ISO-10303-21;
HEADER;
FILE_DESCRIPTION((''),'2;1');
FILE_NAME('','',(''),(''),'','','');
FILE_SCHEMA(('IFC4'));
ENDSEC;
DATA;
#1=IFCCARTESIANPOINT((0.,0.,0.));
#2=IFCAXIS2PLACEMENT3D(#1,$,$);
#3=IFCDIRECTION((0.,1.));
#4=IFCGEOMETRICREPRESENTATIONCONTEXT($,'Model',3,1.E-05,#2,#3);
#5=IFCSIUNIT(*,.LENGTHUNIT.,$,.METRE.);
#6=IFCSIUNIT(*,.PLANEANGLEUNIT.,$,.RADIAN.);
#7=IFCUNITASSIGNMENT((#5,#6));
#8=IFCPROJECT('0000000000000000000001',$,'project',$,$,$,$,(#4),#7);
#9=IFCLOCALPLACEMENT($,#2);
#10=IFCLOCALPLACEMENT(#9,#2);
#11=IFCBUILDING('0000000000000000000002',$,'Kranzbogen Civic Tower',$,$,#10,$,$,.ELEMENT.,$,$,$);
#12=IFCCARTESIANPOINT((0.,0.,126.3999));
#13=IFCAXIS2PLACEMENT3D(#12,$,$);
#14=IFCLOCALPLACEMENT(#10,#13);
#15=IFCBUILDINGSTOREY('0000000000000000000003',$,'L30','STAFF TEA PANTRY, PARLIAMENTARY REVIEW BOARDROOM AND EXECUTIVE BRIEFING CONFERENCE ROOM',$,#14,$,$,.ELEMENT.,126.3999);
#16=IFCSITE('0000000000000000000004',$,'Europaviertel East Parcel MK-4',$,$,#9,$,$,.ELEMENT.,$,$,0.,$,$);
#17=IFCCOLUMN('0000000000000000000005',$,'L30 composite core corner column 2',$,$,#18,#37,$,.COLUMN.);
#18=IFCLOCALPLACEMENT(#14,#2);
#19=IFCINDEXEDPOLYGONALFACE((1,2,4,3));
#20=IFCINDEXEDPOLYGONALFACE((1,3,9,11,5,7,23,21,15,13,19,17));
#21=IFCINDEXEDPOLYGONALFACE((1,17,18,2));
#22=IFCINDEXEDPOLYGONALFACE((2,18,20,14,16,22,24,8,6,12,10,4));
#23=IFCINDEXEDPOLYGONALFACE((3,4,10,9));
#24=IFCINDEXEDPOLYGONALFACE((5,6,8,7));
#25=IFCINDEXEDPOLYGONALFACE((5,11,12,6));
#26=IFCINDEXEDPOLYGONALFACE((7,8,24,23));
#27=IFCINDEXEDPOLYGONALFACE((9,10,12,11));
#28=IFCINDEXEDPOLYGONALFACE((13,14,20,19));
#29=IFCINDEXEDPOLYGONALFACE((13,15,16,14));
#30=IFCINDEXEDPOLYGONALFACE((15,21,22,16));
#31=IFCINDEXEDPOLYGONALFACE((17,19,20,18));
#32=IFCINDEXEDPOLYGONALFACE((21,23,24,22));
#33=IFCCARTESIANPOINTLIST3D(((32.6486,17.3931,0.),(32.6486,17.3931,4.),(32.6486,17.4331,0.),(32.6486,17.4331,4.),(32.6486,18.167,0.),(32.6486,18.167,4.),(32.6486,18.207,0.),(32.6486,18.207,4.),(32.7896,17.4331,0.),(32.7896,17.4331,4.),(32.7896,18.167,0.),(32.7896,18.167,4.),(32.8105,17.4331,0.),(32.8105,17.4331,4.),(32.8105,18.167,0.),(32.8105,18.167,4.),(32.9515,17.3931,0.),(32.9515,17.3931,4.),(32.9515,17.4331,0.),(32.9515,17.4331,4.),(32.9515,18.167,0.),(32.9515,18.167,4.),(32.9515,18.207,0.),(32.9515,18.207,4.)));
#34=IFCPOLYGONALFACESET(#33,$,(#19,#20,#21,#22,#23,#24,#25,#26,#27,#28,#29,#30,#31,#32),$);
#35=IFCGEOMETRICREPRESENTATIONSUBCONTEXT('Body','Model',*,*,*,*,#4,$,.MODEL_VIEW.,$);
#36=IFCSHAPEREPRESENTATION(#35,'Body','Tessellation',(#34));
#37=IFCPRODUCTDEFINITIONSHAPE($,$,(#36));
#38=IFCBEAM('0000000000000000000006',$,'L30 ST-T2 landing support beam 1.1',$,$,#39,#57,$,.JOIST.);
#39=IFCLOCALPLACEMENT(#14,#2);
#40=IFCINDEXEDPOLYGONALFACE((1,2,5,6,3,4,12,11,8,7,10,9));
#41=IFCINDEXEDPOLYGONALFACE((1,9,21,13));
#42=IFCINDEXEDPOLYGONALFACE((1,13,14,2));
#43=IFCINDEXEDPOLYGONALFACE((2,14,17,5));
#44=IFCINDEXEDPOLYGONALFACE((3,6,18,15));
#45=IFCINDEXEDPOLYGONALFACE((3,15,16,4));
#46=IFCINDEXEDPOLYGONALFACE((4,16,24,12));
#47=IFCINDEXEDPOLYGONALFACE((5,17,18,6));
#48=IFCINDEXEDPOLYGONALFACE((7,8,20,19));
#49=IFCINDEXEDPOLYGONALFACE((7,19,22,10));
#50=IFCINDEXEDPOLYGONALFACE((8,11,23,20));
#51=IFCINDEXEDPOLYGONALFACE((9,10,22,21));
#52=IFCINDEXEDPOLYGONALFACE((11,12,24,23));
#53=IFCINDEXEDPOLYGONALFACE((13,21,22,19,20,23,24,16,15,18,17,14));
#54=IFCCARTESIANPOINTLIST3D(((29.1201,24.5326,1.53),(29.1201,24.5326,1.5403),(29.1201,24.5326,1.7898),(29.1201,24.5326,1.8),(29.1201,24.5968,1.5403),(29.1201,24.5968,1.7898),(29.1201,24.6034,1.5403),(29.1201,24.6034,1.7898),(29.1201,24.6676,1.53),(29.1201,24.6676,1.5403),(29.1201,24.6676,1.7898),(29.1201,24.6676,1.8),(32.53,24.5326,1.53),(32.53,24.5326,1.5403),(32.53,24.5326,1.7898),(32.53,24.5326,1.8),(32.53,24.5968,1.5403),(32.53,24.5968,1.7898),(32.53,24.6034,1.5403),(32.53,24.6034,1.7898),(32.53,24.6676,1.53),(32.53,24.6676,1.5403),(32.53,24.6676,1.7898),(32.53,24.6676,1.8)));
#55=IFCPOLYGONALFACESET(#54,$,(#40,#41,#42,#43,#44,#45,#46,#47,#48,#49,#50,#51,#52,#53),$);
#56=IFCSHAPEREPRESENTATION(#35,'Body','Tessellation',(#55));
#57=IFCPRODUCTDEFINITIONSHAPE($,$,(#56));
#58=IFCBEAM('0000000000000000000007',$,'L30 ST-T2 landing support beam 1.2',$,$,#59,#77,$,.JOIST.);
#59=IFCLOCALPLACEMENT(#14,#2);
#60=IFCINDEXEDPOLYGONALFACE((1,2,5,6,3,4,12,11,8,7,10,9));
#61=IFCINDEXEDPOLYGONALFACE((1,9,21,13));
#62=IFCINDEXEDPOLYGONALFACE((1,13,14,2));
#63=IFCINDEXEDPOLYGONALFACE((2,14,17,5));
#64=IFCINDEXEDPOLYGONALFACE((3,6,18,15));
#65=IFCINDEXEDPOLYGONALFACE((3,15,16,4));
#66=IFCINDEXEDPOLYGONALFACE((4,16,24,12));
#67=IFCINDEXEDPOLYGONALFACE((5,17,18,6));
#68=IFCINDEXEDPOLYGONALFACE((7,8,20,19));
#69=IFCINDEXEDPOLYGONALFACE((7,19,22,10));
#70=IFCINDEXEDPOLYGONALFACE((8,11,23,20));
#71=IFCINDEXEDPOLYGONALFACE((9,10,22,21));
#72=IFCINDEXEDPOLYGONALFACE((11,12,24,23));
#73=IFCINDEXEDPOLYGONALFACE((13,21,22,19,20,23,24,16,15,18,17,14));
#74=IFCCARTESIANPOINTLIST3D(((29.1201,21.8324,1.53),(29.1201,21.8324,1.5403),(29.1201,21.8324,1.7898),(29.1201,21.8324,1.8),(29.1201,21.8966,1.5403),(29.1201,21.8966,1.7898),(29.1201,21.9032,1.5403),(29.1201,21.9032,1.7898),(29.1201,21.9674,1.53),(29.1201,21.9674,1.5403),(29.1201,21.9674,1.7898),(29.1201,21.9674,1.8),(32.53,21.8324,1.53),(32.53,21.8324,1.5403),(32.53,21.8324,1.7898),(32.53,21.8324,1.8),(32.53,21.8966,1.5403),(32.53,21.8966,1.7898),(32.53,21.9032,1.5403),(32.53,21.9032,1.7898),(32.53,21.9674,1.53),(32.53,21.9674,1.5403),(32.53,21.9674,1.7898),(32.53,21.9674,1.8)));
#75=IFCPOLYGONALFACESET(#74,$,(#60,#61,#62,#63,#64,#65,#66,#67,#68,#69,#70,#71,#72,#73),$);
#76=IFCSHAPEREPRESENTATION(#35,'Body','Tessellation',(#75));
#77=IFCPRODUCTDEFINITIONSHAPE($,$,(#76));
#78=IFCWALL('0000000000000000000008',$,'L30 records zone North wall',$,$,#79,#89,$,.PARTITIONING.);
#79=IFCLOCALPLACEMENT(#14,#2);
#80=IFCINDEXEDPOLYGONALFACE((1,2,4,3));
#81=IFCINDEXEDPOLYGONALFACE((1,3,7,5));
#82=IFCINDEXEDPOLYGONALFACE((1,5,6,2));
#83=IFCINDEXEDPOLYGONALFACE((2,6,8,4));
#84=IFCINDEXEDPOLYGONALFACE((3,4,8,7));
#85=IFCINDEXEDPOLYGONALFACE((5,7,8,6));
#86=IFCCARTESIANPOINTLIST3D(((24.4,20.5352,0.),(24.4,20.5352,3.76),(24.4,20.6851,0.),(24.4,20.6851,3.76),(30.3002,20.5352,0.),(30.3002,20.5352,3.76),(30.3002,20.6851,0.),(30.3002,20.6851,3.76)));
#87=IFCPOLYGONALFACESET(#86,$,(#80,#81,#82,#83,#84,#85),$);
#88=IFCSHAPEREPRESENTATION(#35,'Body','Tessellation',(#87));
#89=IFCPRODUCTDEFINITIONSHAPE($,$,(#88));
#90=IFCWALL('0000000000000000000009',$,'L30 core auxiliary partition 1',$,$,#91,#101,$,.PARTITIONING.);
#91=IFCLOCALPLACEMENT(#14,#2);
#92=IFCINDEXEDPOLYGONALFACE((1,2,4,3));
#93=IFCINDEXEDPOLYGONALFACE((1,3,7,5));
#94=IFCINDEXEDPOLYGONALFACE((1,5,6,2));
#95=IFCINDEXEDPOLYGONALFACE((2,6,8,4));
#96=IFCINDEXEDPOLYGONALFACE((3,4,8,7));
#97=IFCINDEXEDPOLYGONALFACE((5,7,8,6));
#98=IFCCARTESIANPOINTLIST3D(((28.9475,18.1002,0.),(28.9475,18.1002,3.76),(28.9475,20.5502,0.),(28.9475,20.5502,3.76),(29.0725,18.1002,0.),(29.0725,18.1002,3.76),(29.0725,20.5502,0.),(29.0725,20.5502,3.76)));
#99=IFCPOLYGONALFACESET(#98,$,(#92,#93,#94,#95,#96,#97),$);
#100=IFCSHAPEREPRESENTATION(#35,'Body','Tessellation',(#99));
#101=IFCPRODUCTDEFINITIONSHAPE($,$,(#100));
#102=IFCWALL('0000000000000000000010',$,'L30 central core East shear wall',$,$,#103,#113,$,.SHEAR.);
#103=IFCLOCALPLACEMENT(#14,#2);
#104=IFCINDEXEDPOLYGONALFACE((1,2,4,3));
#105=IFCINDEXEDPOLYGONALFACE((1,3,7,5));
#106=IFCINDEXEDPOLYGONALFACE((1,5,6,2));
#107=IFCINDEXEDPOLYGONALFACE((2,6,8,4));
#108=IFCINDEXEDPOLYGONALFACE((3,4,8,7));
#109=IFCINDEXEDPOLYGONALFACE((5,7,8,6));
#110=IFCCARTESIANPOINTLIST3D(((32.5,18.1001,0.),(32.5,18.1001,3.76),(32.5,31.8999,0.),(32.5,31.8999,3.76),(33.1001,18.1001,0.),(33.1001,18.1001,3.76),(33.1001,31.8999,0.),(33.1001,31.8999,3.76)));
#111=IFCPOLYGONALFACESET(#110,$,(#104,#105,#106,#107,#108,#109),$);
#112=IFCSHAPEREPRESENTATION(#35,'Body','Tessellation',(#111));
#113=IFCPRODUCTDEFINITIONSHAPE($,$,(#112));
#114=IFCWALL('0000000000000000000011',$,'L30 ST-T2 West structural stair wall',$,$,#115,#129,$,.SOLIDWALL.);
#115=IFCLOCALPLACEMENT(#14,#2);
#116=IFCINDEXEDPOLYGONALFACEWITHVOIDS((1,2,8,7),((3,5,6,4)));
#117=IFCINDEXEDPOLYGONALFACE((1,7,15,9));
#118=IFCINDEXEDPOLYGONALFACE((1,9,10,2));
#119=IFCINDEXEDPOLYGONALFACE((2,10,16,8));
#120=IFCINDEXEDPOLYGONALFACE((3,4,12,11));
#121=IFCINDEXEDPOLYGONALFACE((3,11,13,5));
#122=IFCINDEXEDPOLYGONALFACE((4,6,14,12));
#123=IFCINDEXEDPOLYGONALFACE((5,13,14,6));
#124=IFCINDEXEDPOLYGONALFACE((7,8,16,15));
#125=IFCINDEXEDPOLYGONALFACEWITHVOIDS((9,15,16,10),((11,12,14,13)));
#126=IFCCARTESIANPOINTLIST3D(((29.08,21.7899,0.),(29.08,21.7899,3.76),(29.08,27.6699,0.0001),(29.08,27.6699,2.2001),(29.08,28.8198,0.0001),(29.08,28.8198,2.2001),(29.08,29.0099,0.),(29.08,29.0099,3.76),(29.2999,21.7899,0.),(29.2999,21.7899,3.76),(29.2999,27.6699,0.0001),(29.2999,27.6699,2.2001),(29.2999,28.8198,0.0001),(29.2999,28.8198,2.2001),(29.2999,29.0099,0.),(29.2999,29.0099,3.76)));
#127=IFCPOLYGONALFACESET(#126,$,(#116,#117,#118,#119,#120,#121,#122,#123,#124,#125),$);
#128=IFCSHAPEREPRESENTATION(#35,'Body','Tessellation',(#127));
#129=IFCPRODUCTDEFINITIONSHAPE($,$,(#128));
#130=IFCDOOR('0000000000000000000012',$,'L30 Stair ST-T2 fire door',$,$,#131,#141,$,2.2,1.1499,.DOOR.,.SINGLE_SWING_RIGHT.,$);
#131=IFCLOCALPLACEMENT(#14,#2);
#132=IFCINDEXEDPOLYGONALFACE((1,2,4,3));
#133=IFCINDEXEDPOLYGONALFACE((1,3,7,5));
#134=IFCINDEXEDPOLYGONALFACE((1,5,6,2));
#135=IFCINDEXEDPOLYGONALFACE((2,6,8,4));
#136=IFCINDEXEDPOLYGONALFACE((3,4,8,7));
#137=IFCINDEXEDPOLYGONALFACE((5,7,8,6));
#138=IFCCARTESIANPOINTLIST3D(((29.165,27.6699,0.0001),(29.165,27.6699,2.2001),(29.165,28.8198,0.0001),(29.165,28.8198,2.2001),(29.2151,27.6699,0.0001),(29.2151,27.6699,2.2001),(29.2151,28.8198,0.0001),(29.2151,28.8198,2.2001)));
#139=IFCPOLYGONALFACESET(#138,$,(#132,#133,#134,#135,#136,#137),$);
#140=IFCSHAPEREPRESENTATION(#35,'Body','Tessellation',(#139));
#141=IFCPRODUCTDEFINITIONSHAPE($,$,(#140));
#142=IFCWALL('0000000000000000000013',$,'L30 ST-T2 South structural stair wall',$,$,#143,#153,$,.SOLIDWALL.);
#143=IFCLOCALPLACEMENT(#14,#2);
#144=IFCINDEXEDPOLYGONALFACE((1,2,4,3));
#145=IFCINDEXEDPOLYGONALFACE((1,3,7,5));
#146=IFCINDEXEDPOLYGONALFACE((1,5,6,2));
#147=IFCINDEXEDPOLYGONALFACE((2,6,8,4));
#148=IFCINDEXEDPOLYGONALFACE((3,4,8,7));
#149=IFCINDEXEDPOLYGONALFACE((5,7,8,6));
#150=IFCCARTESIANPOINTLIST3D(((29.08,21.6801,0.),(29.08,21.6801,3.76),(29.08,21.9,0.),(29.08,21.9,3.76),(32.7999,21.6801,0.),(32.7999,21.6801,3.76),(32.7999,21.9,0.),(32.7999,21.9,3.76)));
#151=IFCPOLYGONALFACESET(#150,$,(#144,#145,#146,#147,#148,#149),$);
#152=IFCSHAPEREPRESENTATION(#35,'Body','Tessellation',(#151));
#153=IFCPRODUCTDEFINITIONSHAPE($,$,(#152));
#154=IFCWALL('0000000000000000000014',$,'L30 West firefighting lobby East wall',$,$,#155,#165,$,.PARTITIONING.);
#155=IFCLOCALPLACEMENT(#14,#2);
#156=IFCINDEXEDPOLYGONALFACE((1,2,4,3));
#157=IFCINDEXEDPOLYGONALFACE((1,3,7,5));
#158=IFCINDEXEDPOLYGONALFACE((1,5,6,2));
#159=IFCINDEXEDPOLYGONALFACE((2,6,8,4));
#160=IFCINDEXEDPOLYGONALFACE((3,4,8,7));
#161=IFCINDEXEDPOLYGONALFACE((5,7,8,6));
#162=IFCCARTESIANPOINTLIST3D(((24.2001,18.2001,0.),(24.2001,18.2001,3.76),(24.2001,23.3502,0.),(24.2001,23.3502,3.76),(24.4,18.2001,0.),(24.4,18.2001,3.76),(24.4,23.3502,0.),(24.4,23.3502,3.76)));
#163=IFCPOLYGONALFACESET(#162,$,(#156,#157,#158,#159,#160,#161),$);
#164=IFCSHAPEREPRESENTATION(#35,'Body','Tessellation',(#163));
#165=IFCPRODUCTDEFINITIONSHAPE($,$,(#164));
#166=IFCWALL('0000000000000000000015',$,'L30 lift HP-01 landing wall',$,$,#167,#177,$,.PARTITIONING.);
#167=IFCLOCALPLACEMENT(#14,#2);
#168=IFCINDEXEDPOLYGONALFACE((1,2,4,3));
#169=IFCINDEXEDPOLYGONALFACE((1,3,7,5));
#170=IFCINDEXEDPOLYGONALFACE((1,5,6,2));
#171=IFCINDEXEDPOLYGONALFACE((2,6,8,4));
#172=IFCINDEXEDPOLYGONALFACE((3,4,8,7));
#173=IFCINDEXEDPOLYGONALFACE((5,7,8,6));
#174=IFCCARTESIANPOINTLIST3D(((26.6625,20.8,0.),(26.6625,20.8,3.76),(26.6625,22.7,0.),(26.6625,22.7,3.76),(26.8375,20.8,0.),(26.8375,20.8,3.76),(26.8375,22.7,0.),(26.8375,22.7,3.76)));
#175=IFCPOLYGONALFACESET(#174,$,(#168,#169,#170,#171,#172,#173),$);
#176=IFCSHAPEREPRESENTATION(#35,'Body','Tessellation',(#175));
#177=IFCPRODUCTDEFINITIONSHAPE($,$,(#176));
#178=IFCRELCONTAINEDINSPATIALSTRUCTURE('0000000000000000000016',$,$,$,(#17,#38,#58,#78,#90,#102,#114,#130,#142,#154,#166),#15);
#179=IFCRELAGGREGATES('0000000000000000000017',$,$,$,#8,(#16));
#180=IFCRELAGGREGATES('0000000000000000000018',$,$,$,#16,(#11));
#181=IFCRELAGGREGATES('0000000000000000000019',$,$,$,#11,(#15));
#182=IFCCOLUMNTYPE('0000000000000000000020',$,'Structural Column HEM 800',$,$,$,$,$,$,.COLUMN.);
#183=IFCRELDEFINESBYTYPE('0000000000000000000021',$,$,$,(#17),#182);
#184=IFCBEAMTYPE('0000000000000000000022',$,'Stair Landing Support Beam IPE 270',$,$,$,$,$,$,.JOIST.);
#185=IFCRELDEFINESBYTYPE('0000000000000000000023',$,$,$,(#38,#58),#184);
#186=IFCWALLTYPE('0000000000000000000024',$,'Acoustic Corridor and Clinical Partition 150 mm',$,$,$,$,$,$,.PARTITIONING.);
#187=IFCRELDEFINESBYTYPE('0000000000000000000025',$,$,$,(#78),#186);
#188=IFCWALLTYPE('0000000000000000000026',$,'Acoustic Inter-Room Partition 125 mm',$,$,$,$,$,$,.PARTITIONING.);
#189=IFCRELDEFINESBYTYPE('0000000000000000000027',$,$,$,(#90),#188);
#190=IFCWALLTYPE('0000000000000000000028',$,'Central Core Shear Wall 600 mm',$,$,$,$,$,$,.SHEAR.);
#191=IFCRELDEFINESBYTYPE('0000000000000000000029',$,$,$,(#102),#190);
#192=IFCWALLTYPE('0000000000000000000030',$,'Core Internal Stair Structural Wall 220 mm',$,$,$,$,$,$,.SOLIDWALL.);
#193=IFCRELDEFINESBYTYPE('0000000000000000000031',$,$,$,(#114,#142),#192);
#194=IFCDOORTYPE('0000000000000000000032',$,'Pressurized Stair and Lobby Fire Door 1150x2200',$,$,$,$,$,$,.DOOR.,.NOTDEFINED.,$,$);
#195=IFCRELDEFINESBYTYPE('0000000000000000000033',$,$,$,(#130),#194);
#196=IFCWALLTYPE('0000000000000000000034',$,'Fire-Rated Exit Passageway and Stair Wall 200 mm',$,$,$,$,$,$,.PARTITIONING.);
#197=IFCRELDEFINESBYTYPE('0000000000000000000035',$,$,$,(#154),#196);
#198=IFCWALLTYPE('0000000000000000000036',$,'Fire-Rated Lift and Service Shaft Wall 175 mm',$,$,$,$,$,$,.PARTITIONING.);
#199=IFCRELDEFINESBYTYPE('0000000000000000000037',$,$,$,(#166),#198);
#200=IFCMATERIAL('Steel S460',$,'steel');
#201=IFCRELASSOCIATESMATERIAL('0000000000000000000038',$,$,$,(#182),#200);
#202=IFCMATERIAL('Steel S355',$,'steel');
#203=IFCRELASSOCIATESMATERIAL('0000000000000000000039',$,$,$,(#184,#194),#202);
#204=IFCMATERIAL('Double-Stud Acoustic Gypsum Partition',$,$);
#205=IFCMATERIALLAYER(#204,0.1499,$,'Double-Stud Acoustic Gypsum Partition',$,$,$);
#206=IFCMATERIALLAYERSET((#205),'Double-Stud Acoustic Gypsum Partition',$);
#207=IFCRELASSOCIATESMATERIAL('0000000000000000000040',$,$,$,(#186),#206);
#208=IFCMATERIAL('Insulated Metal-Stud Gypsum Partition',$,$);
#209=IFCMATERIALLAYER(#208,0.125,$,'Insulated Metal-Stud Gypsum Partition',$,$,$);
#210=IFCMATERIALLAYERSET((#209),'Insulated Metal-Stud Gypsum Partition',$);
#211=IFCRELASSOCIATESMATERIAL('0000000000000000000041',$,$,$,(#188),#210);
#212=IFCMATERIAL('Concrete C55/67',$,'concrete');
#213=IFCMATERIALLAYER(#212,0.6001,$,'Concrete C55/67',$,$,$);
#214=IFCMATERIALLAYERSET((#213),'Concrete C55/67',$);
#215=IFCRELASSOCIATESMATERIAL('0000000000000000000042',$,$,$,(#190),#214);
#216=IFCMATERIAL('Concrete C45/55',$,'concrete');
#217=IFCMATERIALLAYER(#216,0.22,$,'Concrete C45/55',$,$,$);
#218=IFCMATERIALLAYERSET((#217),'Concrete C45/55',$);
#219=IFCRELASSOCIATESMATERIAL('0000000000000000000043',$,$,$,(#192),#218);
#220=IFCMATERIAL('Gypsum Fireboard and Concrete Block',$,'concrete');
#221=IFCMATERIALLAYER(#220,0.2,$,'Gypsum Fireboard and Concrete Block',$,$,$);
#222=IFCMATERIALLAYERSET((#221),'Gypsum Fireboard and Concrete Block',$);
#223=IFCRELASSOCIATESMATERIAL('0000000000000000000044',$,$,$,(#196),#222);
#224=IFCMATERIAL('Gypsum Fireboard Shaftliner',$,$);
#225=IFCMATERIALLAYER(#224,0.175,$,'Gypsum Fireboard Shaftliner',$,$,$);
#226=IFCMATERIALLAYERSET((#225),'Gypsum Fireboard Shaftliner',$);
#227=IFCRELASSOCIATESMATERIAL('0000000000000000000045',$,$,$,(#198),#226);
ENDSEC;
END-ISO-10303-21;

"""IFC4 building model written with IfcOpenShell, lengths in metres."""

from ifc_helpers import new_model, si_unit, direction, frame, frame_2d, origin, origin_2d, place, context, subcontext, project, spatial, rectangle, i_section, extrude, material, layer, layer_set, material_profile, profile_set, type_object, element, fill, save


model = new_model("IFC4")

# Units and contexts
model_context = context("Model", 3, precision=1e-05, world=origin(), true_north=direction((0.0, 1.0)))
body_context = subcontext(model_context, "Body", "Model", "MODEL_VIEW")
ifc_project = project(units=[si_unit("LENGTHUNIT", "METRE"), si_unit("PLANEANGLEUNIT", "RADIAN")], contexts=[model_context])

# Site, building, storey
site_placement = place(None, origin())
site = spatial("IfcSite", under=ifc_project, at=site_placement, Name="Europaviertel East Parcel MK-4", CompositionType="ELEMENT", RefElevation=0.0)
building_placement = place(site_placement, origin())
building = spatial("IfcBuilding", under=site, at=building_placement, Name="Kranzbogen Civic Tower", CompositionType="ELEMENT")
storey_placement = place(building_placement, frame((0.0, 0.0, 126.3999)))
storey = spatial("IfcBuildingStorey", under=building, at=storey_placement, Name="L30", Description="STAFF TEA PANTRY, PARLIAMENTARY REVIEW BOARDROOM AND EXECUTIVE BRIEFING CONFERENCE ROOM", CompositionType="ELEMENT", Elevation=126.3999)

# Column
ifc_material_1 = material(Name="Steel S460", Category="steel")
ifc_material_profile_1 = material_profile(ifc_material_1, i_section(OverallWidth=0.303, OverallDepth=0.814, WebThickness=0.021, FlangeThickness=0.04, at=origin_2d()), Name="HEM 800")
ifc_profile_set_1 = profile_set([ifc_material_profile_1], Name="Steel S460")
column_type = type_object("IfcColumnType", Name="Structural Column HEM 800", PredefinedType="COLUMN", material=ifc_profile_set_1)
column_placement = place(storey_placement, frame((32.8, 17.8, 0.0), z_axis=(0.0, 0.0, 1.0), x_axis=(1.0, 0.0, 0.0)))
element("IfcColumn", 1, at=column_placement, inside=storey, type_object=column_type, Name="L30 composite core corner column 2", PredefinedType="COLUMN", context=body_context, shape_type="SweptSolid", body=[
    extrude(i_section(OverallWidth=0.303, OverallDepth=0.814, WebThickness=0.021, FlangeThickness=0.04, at=origin_2d()), origin(), (0.0, 0.0, 1.0), 4.0),
])

# Beams
ifc_material_2 = material(Name="Steel S355", Category="steel")
ifc_material_profile_2 = material_profile(ifc_material_2, i_section(OverallWidth=0.135, OverallDepth=0.27, WebThickness=0.0066, FlangeThickness=0.0103, at=origin_2d()), Name="IPE 270")
ifc_profile_set_2 = profile_set([ifc_material_profile_2], Name="Steel S355")
beam_type = type_object("IfcBeamType", Name="Stair Landing Support Beam IPE 270", PredefinedType="JOIST", material=ifc_profile_set_2)
for number, where, z_axis, x_axis, name in (
    (2, (29.1201, 24.6001, 1.665), (1.0, 0.0, 0.0), (0.0, 1.0, 0.0), "L30 ST-T2 landing support beam 1.1"),
    (3, (29.1201, 21.8999, 1.665), (1.0, 0.0, 0.0), (0.0, 1.0, 0.0), "L30 ST-T2 landing support beam 1.2"),
):
    element("IfcBeam", number, at=place(storey_placement, frame(where, z_axis=z_axis, x_axis=x_axis)), inside=storey, type_object=beam_type, Name=name, PredefinedType="JOIST", context=body_context, shape_type="SweptSolid", body=[
        extrude(i_section(OverallWidth=0.135, OverallDepth=0.27, WebThickness=0.0066, FlangeThickness=0.0103, at=origin_2d()), origin(), (0.0, 0.0, 1.0), 3.4099),
    ])

# Walls
ifc_material_3 = material(Name="Double-Stud Acoustic Gypsum Partition")
ifc_layer_1 = layer(ifc_material_3, 0.1499, Name="Double-Stud Acoustic Gypsum Partition")
ifc_layer_set_1 = layer_set([ifc_layer_1], Name="Double-Stud Acoustic Gypsum Partition")
wall_type_1 = type_object("IfcWallType", Name="Acoustic Corridor and Clinical Partition 150 mm", PredefinedType="PARTITIONING", material=ifc_layer_set_1)
wall_1_placement = place(storey_placement, frame((24.3999, 20.6101, 0.0), z_axis=(0.0, 0.0, 1.0), x_axis=(1.0, 0.0, 0.0)))
element("IfcWall", 4, at=wall_1_placement, inside=storey, type_object=wall_type_1, Name="L30 records zone North wall", PredefinedType="PARTITIONING", context=body_context, shape_type="SweptSolid", body=[
    extrude(rectangle(XDim=5.9001, YDim=0.1499, at=frame_2d((2.9502, 0.0))), origin(), (0.0, 0.0, 1.0), 3.76),
])
ifc_material_4 = material(Name="Insulated Metal-Stud Gypsum Partition")
ifc_layer_2 = layer(ifc_material_4, 0.125, Name="Insulated Metal-Stud Gypsum Partition")
ifc_layer_set_2 = layer_set([ifc_layer_2], Name="Insulated Metal-Stud Gypsum Partition")
wall_type_2 = type_object("IfcWallType", Name="Acoustic Inter-Room Partition 125 mm", PredefinedType="PARTITIONING", material=ifc_layer_set_2)
wall_2_placement = place(storey_placement, frame((29.01, 18.1001, 0.0), z_axis=(0.0, 0.0, 1.0), x_axis=(0.0, 1.0, 0.0)))
element("IfcWall", 5, at=wall_2_placement, inside=storey, type_object=wall_type_2, Name="L30 core auxiliary partition 1", PredefinedType="PARTITIONING", context=body_context, shape_type="SweptSolid", body=[
    extrude(rectangle(XDim=2.45, YDim=0.125, at=frame_2d((1.2251, 0.0))), origin(), (0.0, 0.0, 1.0), 3.76),
])
ifc_material_5 = material(Name="Concrete C55/67", Category="concrete")
ifc_layer_3 = layer(ifc_material_5, 0.6001, Name="Concrete C55/67")
ifc_layer_set_3 = layer_set([ifc_layer_3], Name="Concrete C55/67")
wall_type_3 = type_object("IfcWallType", Name="Central Core Shear Wall 600 mm", PredefinedType="SHEAR", material=ifc_layer_set_3)
wall_3_placement = place(storey_placement, frame((32.8, 18.1001, 0.0), z_axis=(0.0, 0.0, 1.0), x_axis=(0.0, 1.0, 0.0)))
element("IfcWall", 6, at=wall_3_placement, inside=storey, type_object=wall_type_3, Name="L30 central core East shear wall", PredefinedType="SHEAR", context=body_context, shape_type="SweptSolid", body=[
    extrude(rectangle(XDim=13.7998, YDim=0.6001, at=frame_2d((6.8999, 0.0))), origin(), (0.0, 0.0, 1.0), 3.76),
])

# Wall, opening, door
ifc_material_6 = material(Name="Concrete C45/55", Category="concrete")
ifc_layer_4 = layer(ifc_material_6, 0.22, Name="Concrete C45/55")
ifc_layer_set_4 = layer_set([ifc_layer_4], Name="Concrete C45/55")
wall_type_4 = type_object("IfcWallType", Name="Core Internal Stair Structural Wall 220 mm", PredefinedType="SOLIDWALL", material=ifc_layer_set_4)
wall_4_placement = place(storey_placement, frame((29.1899, 21.79, 0.0), z_axis=(0.0, 0.0, 1.0), x_axis=(0.0, 1.0, 0.0)))
wall_4 = element("IfcWall", 7, at=wall_4_placement, inside=storey, type_object=wall_type_4, Name="L30 ST-T2 West structural stair wall", PredefinedType="SOLIDWALL", context=body_context, shape_type="SweptSolid", body=[
    extrude(rectangle(XDim=7.22, YDim=0.22, at=frame_2d((3.6099, 0.0))), origin(), (0.0, 0.0, 1.0), 3.76),
])
opening_1_placement = place(wall_4_placement, frame((5.8799, 0.0, 0.0)))
opening_1 = element("IfcOpeningElement", 8, at=opening_1_placement, cuts=wall_4, PredefinedType="OPENING", context=body_context, shape_type="SweptSolid", body=[
    extrude(rectangle(XDim=1.1499, YDim=2.2, at=frame_2d((0.575, 1.1001))), frame((0.0, 0.1201, 0.0), z_axis=(0.0, -1.0, 0.0), x_axis=(1.0, 0.0, 0.0)), (0.0, 0.0, 1.0), 0.24),
])
door_type_1 = type_object("IfcDoorType", Name="Pressurized Stair and Lobby Fire Door 1150x2200", OperationType="NOTDEFINED", PredefinedType="DOOR", material=ifc_material_2)
door_1_placement = place(opening_1_placement, origin())
door_1 = element("IfcDoor", 9, at=door_1_placement, inside=storey, type_object=door_type_1, Name="L30 Stair ST-T2 fire door", OperationType="SINGLE_SWING_RIGHT", OverallHeight=2.2, OverallWidth=1.1499, PredefinedType="DOOR", context=body_context, shape_type="SweptSolid", body=[
    extrude(rectangle(XDim=1.1499, YDim=2.2, at=frame_2d((0.575, 1.1001))), frame((0.0, 0.0249, 0.0), z_axis=(0.0, -1.0, 0.0), x_axis=(1.0, 0.0, 0.0)), (0.0, 0.0, 1.0), 0.05),
])
fill(opening_1, door_1)

# Walls
wall_5_placement = place(storey_placement, frame((29.0801, 21.79, 0.0), z_axis=(0.0, 0.0, 1.0), x_axis=(1.0, 0.0, 0.0)))
element("IfcWall", 10, at=wall_5_placement, inside=storey, type_object=wall_type_4, Name="L30 ST-T2 South structural stair wall", PredefinedType="SOLIDWALL", context=body_context, shape_type="SweptSolid", body=[
    extrude(rectangle(XDim=3.72, YDim=0.22, at=frame_2d((1.8599, 0.0))), origin(), (0.0, 0.0, 1.0), 3.76),
])
ifc_material_7 = material(Name="Gypsum Fireboard and Concrete Block", Category="concrete")
ifc_layer_5 = layer(ifc_material_7, 0.2, Name="Gypsum Fireboard and Concrete Block")
ifc_layer_set_5 = layer_set([ifc_layer_5], Name="Gypsum Fireboard and Concrete Block")
wall_type_5 = type_object("IfcWallType", Name="Fire-Rated Exit Passageway and Stair Wall 200 mm", PredefinedType="PARTITIONING", material=ifc_layer_set_5)
wall_6_placement = place(storey_placement, frame((24.3, 18.2, 0.0), z_axis=(0.0, 0.0, 1.0), x_axis=(0.0, 1.0, 0.0)))
element("IfcWall", 11, at=wall_6_placement, inside=storey, type_object=wall_type_5, Name="L30 West firefighting lobby East wall", PredefinedType="PARTITIONING", context=body_context, shape_type="SweptSolid", body=[
    extrude(rectangle(XDim=5.1501, YDim=0.2, at=frame_2d((2.5752, 0.0))), origin(), (0.0, 0.0, 1.0), 3.76),
])
ifc_material_8 = material(Name="Gypsum Fireboard Shaftliner")
ifc_layer_6 = layer(ifc_material_8, 0.175, Name="Gypsum Fireboard Shaftliner")
ifc_layer_set_6 = layer_set([ifc_layer_6], Name="Gypsum Fireboard Shaftliner")
wall_type_6 = type_object("IfcWallType", Name="Fire-Rated Lift and Service Shaft Wall 175 mm", PredefinedType="PARTITIONING", material=ifc_layer_set_6)
wall_7_placement = place(storey_placement, frame((26.75, 20.8, 0.0), z_axis=(0.0, 0.0, 1.0), x_axis=(0.0, 1.0, 0.0)))
element("IfcWall", 12, at=wall_7_placement, inside=storey, type_object=wall_type_6, Name="L30 lift HP-01 landing wall", PredefinedType="PARTITIONING", context=body_context, shape_type="SweptSolid", body=[
    extrude(rectangle(XDim=1.8999, YDim=0.175, at=frame_2d((0.95, 0.0))), origin(), (0.0, 0.0, 1.0), 3.76),
])

save(model, "model.ifc")
